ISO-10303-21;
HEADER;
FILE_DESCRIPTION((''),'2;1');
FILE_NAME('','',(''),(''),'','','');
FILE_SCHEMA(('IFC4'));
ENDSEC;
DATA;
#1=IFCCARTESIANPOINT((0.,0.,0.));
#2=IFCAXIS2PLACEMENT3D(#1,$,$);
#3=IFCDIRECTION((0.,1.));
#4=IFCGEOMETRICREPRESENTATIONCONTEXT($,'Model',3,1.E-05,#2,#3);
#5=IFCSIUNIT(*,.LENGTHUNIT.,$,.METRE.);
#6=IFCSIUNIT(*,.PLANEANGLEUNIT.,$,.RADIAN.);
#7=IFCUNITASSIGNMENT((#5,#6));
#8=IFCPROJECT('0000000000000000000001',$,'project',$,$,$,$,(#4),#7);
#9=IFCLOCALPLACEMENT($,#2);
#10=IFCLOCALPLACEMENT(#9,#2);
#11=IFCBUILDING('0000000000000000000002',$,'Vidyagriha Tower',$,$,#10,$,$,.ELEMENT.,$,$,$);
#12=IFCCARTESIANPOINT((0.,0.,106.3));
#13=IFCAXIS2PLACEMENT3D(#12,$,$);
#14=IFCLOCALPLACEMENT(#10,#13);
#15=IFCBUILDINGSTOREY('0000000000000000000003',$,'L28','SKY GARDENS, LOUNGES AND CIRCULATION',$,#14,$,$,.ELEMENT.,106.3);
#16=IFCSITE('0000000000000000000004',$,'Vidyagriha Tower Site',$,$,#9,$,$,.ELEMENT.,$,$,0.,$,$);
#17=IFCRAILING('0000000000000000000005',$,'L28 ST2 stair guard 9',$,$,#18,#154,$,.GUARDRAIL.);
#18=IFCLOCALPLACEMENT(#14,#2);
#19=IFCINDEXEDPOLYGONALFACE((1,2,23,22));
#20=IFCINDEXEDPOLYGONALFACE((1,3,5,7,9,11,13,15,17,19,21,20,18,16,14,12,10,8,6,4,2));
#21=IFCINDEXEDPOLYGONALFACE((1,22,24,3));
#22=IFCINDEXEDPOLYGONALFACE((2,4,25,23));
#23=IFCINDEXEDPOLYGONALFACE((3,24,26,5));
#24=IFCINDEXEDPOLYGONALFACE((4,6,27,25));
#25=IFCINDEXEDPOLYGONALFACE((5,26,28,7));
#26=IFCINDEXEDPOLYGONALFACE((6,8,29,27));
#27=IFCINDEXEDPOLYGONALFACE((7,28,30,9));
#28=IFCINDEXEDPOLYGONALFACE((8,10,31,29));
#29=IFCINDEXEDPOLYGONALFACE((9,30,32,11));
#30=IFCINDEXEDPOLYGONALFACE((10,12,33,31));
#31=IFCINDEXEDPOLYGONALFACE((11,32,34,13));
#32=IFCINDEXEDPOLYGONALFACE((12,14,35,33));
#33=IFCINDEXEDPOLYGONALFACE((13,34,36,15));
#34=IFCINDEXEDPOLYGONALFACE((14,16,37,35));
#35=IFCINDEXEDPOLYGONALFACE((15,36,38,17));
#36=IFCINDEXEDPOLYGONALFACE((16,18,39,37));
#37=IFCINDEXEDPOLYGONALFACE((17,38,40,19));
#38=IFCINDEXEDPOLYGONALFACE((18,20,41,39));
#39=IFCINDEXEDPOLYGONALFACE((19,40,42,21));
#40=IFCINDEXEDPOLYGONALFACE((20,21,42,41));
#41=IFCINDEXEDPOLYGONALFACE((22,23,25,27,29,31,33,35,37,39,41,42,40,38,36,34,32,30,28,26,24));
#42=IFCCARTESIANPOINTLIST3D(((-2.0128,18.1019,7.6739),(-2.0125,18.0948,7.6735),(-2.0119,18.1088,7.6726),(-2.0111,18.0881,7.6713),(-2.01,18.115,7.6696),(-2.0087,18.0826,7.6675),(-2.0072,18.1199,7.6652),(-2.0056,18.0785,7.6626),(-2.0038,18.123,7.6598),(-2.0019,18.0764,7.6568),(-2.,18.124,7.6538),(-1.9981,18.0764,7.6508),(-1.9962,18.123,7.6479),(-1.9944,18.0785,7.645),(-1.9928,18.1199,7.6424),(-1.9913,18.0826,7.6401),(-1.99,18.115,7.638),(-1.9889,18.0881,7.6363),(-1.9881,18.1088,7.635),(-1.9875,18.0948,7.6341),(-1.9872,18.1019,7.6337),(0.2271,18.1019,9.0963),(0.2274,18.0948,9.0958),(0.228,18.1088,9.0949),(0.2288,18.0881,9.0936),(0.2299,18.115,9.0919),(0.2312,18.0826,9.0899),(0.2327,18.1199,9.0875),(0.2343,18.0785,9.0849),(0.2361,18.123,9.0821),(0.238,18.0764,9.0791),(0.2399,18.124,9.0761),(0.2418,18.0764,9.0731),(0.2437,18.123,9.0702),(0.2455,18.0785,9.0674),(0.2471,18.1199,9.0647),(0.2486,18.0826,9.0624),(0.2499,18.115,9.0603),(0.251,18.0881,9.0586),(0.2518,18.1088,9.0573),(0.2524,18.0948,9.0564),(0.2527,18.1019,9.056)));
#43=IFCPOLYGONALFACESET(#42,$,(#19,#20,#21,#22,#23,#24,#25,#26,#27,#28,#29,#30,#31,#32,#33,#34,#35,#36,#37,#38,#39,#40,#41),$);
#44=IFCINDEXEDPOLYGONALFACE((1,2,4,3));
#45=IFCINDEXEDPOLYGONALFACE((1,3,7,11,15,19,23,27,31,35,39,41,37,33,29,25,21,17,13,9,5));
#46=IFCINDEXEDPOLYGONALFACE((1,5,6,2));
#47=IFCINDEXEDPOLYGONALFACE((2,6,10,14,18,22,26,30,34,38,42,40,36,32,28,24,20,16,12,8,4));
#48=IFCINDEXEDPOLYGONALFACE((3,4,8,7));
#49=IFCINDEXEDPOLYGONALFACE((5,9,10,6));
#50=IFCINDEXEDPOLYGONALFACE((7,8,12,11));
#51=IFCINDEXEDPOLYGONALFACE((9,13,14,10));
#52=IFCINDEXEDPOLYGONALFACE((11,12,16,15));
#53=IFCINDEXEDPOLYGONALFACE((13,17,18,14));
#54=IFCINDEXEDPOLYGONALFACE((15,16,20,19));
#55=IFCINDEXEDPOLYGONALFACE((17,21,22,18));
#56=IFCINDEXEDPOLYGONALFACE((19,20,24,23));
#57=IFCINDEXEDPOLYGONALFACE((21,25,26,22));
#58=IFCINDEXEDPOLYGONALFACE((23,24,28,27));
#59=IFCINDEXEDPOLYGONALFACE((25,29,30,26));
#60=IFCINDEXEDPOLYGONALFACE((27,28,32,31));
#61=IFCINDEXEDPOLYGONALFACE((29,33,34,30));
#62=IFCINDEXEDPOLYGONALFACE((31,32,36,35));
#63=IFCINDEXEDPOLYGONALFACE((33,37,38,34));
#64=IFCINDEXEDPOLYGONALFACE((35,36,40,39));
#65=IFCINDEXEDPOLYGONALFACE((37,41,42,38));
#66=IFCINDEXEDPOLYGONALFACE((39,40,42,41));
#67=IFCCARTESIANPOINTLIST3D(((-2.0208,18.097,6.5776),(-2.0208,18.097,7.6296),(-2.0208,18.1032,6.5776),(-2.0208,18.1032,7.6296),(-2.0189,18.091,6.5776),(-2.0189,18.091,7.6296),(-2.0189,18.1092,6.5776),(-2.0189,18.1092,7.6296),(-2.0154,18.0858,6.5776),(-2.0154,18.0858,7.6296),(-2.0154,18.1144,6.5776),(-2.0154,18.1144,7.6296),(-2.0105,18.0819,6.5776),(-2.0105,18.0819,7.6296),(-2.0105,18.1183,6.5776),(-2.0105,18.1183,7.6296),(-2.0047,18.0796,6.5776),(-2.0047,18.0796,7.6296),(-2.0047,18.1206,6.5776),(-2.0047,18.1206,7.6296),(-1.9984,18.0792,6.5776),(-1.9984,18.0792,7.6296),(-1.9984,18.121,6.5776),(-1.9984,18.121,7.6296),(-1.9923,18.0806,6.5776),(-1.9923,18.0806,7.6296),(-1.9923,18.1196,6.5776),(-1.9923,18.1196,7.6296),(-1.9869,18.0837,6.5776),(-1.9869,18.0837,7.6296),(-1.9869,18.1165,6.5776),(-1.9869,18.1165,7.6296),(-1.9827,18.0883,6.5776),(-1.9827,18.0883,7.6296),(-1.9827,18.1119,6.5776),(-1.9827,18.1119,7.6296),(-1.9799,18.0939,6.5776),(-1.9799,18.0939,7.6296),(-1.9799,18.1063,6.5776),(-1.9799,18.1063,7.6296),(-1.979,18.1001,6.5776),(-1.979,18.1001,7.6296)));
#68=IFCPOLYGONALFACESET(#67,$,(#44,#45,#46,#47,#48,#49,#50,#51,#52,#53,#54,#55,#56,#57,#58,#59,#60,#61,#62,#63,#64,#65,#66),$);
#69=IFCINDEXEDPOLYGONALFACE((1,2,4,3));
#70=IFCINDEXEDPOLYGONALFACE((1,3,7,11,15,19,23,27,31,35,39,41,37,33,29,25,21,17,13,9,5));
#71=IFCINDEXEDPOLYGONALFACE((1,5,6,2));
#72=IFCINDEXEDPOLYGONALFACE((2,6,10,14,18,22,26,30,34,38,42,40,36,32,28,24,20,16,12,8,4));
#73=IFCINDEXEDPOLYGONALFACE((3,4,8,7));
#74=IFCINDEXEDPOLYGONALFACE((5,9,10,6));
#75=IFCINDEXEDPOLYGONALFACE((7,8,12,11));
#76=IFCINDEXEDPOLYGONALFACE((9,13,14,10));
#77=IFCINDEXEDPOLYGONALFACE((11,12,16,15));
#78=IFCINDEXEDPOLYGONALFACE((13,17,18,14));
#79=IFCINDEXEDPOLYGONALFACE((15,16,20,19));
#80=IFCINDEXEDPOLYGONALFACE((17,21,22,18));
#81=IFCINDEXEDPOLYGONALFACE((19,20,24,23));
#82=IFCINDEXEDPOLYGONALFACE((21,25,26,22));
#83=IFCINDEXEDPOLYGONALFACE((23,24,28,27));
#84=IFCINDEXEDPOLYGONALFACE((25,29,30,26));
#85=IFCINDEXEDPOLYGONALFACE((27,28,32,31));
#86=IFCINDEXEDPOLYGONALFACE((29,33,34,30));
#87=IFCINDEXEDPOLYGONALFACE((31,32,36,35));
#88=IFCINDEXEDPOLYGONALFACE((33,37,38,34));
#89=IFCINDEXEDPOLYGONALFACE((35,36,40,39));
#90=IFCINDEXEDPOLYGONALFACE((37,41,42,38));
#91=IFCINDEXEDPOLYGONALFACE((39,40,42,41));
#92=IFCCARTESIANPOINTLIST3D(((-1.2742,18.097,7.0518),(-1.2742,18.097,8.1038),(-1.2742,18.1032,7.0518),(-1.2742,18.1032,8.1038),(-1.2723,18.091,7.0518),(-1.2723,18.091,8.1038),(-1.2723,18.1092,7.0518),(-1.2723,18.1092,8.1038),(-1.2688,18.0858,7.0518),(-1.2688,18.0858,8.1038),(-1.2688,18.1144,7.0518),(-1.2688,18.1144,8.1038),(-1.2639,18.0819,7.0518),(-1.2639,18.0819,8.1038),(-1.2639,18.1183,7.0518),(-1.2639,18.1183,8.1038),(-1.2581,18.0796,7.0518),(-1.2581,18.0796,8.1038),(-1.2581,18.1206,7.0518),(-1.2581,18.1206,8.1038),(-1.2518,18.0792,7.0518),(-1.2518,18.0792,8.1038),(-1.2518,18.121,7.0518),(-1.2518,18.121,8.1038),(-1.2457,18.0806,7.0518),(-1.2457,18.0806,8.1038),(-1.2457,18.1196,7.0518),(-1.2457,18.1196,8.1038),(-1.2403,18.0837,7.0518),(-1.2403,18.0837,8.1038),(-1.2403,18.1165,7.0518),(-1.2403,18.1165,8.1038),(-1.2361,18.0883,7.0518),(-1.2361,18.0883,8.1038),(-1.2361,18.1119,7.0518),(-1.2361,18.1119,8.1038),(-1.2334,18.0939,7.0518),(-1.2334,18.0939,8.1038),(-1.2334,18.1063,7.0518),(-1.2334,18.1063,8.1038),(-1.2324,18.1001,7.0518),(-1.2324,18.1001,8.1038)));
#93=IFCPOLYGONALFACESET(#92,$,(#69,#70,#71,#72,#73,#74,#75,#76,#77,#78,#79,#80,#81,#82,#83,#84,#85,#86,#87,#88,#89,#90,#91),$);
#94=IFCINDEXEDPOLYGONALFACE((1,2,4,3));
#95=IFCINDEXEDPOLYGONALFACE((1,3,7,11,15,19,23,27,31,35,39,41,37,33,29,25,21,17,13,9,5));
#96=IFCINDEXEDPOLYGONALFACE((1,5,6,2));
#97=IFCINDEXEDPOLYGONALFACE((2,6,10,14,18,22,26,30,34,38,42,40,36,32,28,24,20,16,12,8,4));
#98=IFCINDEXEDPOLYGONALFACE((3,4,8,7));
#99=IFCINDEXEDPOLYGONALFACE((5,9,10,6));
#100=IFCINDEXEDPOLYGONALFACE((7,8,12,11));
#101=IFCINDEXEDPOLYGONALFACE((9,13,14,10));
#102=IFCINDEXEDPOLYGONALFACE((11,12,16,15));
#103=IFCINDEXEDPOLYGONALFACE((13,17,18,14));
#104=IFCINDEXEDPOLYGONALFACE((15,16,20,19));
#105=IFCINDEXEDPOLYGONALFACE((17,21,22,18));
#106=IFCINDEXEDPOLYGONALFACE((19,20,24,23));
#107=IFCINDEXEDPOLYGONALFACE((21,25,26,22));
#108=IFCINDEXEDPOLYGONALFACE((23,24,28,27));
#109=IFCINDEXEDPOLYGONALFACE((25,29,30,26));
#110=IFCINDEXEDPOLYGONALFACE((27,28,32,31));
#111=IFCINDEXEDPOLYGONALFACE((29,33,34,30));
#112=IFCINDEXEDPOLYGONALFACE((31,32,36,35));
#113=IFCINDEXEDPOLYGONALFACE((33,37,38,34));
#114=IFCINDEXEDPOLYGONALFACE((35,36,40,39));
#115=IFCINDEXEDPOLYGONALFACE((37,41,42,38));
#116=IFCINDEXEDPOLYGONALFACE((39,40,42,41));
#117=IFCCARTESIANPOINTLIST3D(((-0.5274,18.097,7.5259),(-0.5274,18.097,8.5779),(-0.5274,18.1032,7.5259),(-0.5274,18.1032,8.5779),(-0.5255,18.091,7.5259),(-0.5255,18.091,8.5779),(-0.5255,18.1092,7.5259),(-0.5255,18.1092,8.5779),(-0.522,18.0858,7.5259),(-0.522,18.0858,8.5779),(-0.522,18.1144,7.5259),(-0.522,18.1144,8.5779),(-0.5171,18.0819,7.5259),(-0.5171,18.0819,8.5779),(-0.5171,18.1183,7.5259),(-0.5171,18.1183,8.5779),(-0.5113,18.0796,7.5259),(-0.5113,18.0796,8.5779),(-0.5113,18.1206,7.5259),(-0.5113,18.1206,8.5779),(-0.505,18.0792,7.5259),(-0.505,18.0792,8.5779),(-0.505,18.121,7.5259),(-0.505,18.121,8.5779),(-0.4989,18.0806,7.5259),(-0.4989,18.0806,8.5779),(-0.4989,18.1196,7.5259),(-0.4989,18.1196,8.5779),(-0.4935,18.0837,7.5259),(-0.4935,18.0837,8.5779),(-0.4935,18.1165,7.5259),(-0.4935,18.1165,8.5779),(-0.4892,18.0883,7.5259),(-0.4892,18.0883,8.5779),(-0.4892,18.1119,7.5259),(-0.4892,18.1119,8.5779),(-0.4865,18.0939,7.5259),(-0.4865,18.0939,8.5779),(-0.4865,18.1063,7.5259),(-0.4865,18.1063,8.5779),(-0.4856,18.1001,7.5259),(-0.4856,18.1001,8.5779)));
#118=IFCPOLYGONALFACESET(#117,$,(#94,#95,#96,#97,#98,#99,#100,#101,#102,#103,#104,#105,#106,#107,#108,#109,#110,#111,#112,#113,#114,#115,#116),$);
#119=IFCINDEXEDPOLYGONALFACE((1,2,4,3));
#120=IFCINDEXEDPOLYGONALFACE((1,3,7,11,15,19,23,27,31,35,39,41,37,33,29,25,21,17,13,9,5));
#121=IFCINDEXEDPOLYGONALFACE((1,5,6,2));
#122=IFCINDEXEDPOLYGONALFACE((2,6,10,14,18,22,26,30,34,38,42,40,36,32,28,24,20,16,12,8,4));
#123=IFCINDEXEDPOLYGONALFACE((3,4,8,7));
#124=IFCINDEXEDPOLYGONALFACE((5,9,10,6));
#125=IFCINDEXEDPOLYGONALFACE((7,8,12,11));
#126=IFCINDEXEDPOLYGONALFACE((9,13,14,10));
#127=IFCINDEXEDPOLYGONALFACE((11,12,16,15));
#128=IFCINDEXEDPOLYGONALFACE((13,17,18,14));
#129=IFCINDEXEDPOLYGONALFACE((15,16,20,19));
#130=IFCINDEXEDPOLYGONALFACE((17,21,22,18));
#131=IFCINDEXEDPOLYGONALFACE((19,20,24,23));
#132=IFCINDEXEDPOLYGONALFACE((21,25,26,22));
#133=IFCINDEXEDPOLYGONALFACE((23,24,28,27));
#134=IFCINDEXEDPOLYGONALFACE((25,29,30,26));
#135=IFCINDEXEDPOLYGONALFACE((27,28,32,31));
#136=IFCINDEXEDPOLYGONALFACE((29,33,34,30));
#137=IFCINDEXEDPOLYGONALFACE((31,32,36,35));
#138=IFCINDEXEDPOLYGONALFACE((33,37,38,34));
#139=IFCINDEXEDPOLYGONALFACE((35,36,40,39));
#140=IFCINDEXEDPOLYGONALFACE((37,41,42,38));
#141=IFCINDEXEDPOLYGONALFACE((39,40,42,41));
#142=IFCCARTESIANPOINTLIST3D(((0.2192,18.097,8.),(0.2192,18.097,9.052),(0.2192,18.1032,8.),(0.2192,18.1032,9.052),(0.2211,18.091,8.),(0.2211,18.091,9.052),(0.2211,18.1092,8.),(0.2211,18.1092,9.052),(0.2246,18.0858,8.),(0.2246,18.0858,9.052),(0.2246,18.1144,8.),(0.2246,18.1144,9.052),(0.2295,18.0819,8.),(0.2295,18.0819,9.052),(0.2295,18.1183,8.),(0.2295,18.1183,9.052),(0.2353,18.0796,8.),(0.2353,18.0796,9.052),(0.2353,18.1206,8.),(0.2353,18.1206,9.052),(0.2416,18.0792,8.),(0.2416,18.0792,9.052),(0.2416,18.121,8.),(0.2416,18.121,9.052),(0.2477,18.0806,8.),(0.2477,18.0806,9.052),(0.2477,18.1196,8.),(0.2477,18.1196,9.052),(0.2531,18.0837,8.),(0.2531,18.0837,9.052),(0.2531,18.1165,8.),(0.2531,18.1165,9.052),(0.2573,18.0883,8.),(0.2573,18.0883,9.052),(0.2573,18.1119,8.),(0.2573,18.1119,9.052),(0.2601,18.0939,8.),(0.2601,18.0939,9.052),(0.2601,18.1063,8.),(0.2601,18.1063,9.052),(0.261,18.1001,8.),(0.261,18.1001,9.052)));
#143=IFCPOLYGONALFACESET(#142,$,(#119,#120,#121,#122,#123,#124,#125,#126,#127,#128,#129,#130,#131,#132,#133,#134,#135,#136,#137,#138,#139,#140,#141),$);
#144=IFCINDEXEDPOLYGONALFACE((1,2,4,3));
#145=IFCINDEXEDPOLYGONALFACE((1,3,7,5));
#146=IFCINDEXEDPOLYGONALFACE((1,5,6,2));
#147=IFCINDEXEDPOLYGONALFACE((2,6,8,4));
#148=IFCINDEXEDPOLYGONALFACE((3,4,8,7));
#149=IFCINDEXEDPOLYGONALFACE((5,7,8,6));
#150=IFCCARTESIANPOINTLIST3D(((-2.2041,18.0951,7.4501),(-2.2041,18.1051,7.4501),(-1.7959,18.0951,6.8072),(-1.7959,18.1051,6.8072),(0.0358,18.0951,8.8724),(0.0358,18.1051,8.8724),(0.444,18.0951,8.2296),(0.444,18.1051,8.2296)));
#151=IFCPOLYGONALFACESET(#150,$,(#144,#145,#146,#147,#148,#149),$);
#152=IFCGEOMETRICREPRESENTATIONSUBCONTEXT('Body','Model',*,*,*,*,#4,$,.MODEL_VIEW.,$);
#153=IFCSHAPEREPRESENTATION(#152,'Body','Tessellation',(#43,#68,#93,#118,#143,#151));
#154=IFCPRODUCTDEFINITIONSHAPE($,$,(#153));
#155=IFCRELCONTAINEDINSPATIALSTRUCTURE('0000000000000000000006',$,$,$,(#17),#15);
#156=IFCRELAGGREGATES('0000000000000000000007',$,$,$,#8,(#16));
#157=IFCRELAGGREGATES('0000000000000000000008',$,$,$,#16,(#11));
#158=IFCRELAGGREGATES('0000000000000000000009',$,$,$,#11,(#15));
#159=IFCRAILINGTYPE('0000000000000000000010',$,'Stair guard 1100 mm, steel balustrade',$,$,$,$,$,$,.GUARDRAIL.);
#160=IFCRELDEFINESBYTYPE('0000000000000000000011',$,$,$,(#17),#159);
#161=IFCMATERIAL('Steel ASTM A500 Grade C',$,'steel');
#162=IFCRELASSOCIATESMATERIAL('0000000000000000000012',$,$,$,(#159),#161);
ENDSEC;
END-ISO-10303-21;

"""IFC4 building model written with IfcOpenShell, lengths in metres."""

from ifc_helpers import new_model, si_unit, direction, frame, origin, origin_2d, place, context, subcontext, project, spatial, rectangle, circle, extrude, material, type_object, element, save


model = new_model("IFC4")

# Units and contexts
model_context = context("Model", 3, precision=1e-05, world=origin(), true_north=direction((0.0, 1.0)))
body_context = subcontext(model_context, "Body", "Model", "MODEL_VIEW")
ifc_project = project(units=[si_unit("LENGTHUNIT", "METRE"), si_unit("PLANEANGLEUNIT", "RADIAN")], contexts=[model_context])

# Site, building, storey
site_placement = place(None, origin())
site = spatial("IfcSite", under=ifc_project, at=site_placement, Name="Vidyagriha Tower Site", CompositionType="ELEMENT", RefElevation=0.0)
building_placement = place(site_placement, origin())
building = spatial("IfcBuilding", under=site, at=building_placement, Name="Vidyagriha Tower", CompositionType="ELEMENT")
storey_placement = place(building_placement, frame((0.0, 0.0, 106.3)))
storey = spatial("IfcBuildingStorey", under=building, at=storey_placement, Name="L28", Description="SKY GARDENS, LOUNGES AND CIRCULATION", CompositionType="ELEMENT", Elevation=106.3)

# Railing
ifc_material_1 = material(Name="Steel ASTM A500 Grade C", Category="steel")
railing_type_1 = type_object("IfcRailingType", Name="Stair guard 1100 mm, steel balustrade", PredefinedType="GUARDRAIL", material=ifc_material_1)
railing_1_placement = place(storey_placement, frame((-2.0, 18.1001, 6.5776)))
element("IfcRailing", 1, at=railing_1_placement, inside=storey, type_object=railing_type_1, Name="L28 ST2 stair guard 9", PredefinedType="GUARDRAIL", context=body_context, shape_type="SweptSolid", body=[
    extrude(circle(Radius=0.0239, at=origin_2d()), frame((0.0, 0.0, 1.0762), z_axis=(0.844188, 0.0, 0.536048), x_axis=(0.0, 1.0, 0.0)), (0.0, 0.0, 1.0), 2.6533),
    extrude(circle(Radius=0.021, at=origin_2d()), origin(), (0.0, 0.0, 1.0), 1.052),
    extrude(circle(Radius=0.021, at=origin_2d()), frame((0.7466, 0.0, 0.4741)), (0.0, 0.0, 1.0), 1.052),
    extrude(circle(Radius=0.021, at=origin_2d()), frame((1.4934, 0.0, 0.9482)), (0.0, 0.0, 1.0), 1.052),
    extrude(circle(Radius=0.021, at=origin_2d()), frame((2.24, 0.0, 1.4224)), (0.0, 0.0, 1.0), 1.052),
    extrude(rectangle(XDim=0.01, YDim=0.7615, at=origin_2d()), frame((0.0, 0.0, 0.551), z_axis=(0.844188, 0.0, 0.536048), x_axis=(0.0, 1.0, 0.0)), (0.0, 0.0, 1.0), 2.6533),
])

save(model, "model.ifc")
